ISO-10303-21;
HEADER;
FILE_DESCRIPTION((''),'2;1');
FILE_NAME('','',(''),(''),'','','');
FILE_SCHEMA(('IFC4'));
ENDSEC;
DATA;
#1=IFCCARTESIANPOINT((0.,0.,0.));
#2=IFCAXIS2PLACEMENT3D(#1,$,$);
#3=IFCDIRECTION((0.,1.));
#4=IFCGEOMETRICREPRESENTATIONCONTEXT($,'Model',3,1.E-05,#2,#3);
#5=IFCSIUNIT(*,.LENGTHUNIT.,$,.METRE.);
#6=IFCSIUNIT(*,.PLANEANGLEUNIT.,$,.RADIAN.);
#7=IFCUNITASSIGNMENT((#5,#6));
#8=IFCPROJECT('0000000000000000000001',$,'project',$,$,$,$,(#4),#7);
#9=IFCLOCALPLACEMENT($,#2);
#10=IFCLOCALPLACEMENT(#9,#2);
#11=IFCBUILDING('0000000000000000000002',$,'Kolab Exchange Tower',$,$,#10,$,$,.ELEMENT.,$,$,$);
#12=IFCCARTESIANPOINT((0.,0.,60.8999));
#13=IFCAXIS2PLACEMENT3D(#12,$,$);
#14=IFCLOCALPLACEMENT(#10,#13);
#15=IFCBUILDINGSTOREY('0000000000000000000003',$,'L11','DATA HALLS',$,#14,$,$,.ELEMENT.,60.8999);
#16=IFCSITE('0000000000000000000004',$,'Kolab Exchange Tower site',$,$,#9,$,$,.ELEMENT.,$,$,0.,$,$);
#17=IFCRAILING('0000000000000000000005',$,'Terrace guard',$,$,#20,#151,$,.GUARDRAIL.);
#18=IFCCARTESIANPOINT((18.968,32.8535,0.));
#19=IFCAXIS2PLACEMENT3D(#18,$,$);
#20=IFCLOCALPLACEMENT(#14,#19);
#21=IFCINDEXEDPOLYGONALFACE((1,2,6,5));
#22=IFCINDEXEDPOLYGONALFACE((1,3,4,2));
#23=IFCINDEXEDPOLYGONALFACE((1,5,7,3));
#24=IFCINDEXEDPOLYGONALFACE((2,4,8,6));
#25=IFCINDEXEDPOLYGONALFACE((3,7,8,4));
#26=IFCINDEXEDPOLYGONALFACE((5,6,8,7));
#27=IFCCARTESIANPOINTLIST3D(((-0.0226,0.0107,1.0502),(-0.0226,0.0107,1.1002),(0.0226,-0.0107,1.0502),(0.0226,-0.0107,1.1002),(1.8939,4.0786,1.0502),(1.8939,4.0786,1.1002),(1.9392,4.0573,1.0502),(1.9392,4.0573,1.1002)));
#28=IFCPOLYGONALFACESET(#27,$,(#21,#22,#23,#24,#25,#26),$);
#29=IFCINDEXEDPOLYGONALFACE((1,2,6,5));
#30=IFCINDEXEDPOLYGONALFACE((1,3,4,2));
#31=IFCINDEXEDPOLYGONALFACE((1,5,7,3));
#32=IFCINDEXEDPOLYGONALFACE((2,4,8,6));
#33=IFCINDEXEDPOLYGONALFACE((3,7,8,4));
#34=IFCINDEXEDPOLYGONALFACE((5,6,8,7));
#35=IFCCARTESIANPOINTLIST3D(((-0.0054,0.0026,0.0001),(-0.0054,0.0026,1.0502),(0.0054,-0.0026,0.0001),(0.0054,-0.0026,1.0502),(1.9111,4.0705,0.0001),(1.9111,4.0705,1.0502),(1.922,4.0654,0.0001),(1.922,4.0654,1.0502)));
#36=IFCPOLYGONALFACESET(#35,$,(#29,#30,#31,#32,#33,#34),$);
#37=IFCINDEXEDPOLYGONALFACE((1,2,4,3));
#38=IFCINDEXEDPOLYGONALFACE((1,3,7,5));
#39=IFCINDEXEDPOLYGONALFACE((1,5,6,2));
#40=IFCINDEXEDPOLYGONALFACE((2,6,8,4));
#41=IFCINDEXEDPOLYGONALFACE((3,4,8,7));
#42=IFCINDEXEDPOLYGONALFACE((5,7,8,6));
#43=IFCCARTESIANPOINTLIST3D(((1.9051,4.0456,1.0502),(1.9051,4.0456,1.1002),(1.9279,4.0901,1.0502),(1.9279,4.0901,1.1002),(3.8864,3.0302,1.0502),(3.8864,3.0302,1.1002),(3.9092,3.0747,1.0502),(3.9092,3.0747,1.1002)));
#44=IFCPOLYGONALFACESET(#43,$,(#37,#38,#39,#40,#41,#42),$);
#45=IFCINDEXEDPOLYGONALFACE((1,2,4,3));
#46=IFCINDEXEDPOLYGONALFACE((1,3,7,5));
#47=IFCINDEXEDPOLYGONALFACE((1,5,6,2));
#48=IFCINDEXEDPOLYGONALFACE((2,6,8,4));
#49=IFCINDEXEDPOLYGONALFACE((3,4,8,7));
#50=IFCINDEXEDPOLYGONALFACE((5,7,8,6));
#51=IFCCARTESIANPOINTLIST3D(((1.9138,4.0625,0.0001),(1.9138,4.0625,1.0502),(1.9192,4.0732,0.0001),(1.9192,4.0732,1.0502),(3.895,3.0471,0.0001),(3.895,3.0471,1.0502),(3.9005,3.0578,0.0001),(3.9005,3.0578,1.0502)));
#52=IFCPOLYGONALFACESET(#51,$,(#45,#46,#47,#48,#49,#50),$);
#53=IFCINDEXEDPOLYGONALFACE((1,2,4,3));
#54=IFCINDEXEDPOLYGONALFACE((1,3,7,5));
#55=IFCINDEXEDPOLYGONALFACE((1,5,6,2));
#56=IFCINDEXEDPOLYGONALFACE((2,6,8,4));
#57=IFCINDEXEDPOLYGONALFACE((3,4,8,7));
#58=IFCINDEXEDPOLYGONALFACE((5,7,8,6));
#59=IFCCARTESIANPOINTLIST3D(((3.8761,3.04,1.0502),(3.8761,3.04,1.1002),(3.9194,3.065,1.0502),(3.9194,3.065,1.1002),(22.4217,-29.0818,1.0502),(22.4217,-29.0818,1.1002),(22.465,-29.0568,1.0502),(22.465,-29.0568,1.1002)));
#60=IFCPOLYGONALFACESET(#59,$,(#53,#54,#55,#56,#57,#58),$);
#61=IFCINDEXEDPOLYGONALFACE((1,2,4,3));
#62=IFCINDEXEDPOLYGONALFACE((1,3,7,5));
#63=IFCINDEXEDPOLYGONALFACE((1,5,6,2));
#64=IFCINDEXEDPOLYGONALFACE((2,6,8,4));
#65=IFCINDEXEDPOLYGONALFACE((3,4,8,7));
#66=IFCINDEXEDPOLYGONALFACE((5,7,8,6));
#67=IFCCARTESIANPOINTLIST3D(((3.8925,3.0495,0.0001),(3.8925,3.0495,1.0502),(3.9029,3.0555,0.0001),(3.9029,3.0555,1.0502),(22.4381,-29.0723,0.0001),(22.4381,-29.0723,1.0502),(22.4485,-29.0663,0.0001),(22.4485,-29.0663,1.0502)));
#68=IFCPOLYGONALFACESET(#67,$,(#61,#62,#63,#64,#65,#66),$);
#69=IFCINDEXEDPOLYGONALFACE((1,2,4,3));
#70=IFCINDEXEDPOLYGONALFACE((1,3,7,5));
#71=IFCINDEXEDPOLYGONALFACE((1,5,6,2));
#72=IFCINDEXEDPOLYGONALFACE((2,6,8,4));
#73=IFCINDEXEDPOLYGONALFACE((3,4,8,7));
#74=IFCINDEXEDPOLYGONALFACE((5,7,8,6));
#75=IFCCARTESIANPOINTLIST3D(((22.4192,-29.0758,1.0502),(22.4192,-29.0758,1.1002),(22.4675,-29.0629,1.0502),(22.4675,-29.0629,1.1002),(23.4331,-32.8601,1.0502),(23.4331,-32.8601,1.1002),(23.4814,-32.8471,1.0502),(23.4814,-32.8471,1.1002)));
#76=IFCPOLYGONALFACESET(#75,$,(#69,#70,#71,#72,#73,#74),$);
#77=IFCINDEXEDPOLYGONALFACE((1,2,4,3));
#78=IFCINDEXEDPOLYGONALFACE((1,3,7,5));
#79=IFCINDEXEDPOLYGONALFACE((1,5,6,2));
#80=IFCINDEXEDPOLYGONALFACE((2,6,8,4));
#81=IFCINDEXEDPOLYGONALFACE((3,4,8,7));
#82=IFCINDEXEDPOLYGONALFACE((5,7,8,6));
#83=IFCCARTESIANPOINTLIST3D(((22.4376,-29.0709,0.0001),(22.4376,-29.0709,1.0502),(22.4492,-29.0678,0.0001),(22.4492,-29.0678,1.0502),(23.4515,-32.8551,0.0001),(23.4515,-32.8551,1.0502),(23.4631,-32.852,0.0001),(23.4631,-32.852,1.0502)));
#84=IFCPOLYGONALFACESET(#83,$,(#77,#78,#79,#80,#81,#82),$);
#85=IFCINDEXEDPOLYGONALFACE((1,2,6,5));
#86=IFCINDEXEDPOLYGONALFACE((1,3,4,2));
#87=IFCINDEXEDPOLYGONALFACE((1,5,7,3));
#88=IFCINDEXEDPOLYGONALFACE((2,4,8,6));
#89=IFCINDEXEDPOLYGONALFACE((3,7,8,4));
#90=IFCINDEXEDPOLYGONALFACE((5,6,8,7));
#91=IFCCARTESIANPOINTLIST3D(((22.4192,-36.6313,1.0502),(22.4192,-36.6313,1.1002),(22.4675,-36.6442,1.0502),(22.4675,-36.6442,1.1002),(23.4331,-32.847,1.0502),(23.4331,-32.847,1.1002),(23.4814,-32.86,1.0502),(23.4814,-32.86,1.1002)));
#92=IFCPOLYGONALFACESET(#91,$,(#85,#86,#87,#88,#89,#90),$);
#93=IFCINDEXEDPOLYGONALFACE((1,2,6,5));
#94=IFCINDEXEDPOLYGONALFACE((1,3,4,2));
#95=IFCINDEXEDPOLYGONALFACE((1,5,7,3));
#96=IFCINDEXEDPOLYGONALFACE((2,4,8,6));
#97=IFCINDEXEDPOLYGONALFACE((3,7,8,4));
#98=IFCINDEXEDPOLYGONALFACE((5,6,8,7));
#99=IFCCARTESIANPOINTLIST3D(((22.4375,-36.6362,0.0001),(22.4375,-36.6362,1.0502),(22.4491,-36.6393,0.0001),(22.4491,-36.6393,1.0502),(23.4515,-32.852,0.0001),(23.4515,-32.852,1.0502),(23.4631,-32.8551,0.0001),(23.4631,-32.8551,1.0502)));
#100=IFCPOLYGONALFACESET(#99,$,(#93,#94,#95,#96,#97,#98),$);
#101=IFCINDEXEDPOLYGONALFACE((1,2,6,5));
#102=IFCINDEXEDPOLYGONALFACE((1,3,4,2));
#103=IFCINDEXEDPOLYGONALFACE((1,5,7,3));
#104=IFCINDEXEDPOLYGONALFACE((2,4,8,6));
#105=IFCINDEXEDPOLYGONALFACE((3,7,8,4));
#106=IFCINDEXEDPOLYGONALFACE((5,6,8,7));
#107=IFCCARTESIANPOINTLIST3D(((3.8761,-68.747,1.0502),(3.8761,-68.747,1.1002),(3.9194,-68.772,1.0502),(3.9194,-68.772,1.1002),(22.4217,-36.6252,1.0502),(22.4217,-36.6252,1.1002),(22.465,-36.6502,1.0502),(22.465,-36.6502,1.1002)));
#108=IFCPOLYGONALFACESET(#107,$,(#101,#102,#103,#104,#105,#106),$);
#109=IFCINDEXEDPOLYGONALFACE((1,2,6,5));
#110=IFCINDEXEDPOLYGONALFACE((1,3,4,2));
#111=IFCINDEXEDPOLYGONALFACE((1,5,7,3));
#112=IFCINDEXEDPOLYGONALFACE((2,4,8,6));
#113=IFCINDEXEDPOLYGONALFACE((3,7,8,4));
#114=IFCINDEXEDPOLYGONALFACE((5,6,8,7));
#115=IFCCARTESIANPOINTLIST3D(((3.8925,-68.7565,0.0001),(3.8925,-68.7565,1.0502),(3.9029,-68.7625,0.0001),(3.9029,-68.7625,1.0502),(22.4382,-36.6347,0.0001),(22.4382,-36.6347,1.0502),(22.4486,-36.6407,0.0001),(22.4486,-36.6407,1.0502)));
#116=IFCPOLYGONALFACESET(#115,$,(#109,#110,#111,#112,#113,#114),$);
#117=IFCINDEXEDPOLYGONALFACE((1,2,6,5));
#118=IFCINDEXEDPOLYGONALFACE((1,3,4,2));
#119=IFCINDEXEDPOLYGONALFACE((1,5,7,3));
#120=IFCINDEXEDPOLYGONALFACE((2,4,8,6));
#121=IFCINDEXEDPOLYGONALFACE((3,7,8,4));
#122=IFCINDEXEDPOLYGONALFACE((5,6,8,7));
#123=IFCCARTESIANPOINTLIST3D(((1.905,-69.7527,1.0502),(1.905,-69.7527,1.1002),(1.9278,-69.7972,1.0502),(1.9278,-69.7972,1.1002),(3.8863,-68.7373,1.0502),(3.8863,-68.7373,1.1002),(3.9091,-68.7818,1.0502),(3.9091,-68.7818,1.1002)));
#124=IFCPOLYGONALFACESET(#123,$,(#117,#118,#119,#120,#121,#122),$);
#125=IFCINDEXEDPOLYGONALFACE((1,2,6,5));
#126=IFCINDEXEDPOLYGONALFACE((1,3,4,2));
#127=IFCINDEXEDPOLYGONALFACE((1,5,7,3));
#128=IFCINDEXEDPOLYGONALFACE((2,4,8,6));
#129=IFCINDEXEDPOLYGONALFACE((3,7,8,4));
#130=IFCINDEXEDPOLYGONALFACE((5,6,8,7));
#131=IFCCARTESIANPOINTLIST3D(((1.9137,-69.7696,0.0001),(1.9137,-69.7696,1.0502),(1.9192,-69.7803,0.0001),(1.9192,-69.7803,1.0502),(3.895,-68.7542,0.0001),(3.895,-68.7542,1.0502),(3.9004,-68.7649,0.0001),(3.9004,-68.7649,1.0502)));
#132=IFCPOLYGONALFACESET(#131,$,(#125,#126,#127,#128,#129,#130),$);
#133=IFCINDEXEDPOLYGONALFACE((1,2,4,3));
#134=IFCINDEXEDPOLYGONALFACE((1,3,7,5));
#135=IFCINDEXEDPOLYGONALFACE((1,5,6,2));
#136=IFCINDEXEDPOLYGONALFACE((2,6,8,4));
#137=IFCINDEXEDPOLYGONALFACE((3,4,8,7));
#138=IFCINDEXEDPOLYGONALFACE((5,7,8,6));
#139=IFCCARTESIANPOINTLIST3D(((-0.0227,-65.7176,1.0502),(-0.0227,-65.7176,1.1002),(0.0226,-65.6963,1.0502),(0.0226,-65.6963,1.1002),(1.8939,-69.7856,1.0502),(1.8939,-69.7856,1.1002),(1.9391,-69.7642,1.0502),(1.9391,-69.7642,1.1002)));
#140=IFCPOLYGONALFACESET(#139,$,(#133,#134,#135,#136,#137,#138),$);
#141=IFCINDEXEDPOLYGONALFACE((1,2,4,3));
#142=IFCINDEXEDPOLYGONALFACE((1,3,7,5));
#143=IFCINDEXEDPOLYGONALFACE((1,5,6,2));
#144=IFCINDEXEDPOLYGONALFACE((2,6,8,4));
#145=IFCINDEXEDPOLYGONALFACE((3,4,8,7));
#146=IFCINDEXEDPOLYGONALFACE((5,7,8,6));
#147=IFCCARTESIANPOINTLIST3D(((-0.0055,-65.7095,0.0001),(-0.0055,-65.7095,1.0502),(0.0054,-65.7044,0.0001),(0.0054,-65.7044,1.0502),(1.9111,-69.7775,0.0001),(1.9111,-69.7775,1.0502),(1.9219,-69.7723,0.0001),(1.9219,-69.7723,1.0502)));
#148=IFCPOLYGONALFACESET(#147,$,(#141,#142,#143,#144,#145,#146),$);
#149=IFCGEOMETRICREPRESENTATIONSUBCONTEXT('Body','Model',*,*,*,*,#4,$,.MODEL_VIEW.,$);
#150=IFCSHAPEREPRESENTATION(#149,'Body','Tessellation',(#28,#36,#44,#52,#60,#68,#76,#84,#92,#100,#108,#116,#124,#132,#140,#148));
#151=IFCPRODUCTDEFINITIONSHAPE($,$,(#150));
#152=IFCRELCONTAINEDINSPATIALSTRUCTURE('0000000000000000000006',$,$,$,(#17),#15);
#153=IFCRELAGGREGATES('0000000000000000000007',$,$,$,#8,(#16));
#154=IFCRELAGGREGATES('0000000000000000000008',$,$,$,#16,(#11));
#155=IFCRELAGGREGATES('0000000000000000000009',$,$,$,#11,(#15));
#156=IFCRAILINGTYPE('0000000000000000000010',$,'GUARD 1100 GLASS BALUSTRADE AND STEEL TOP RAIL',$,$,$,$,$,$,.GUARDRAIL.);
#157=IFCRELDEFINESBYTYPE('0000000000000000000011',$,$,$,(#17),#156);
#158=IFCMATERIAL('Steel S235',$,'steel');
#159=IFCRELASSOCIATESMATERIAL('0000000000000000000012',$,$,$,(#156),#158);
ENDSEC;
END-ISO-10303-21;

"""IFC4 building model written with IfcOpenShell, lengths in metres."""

from ifc_helpers import new_model, si_unit, direction, frame, frame_2d, origin, origin_2d, place, context, subcontext, project, spatial, rectangle, extrude, material, type_object, element, save


model = new_model("IFC4")

# Units and contexts
model_context = context("Model", 3, precision=1e-05, world=origin(), true_north=direction((0.0, 1.0)))
body_context = subcontext(model_context, "Body", "Model", "MODEL_VIEW")
ifc_project = project(units=[si_unit("LENGTHUNIT", "METRE"), si_unit("PLANEANGLEUNIT", "RADIAN")], contexts=[model_context])

# Site, building, storey
site_placement = place(None, origin())
site = spatial("IfcSite", under=ifc_project, at=site_placement, Name="Kolab Exchange Tower site", CompositionType="ELEMENT", RefElevation=0.0)
building_placement = place(site_placement, origin())
building = spatial("IfcBuilding", under=site, at=building_placement, Name="Kolab Exchange Tower", CompositionType="ELEMENT")
storey_placement = place(building_placement, frame((0.0, 0.0, 60.8999)))
storey = spatial("IfcBuildingStorey", under=building, at=storey_placement, Name="L11", Description="DATA HALLS", CompositionType="ELEMENT", Elevation=60.8999)

# Railing
ifc_material_1 = material(Name="Steel S235", Category="steel")
railing_type = type_object("IfcRailingType", Name="GUARD 1100 GLASS BALUSTRADE AND STEEL TOP RAIL", PredefinedType="GUARDRAIL", material=ifc_material_1)
railing_1_placement = place(storey_placement, frame((18.968, 32.8535, 0.0)))
element("IfcRailing", 1, at=railing_1_placement, inside=storey, type_object=railing_type, Name="Terrace guard", PredefinedType="GUARDRAIL", context=body_context, shape_type="SweptSolid", body=[
    extrude(rectangle(XDim=0.05, YDim=0.05, at=origin_2d()), frame((0.0, 0.0, 1.0752), z_axis=(0.4262, 0.904629, 0.0), x_axis=(-0.904629, 0.4262, 0.0)), (0.0, 0.0, 1.0), 4.4968),
    extrude(rectangle(XDim=0.012, YDim=1.0501, at=frame_2d((0.0, 0.5251))), frame((0.0, 0.0, 0.0), z_axis=(0.4262, 0.904629, 0.0), x_axis=(-0.904629, 0.4262, 0.0)), (0.0, 0.0, 1.0), 4.4968),
    extrude(rectangle(XDim=0.05, YDim=0.05, at=origin_2d()), frame((1.9165, 4.0679, 1.0752), z_axis=(0.88993, -0.456096, 0.0), x_axis=(0.456096, 0.88993, 0.0)), (0.0, 0.0, 1.0), 2.2263),
    extrude(rectangle(XDim=0.012, YDim=1.0501, at=frame_2d((0.0, 0.5251))), frame((1.9165, 4.0679, 0.0), z_axis=(0.88993, -0.456096, 0.0), x_axis=(0.456096, 0.88993, 0.0)), (0.0, 0.0, 1.0), 2.2263),
    extrude(rectangle(XDim=0.05, YDim=0.05, at=origin_2d()), frame((3.8977, 3.0525, 1.0752), z_axis=(0.500002, -0.866024, 0.0), x_axis=(0.866024, 0.500002, 0.0)), (0.0, 0.0, 1.0), 37.0911),
    extrude(rectangle(XDim=0.012, YDim=1.0501, at=frame_2d((0.0, 0.5251))), frame((3.8977, 3.0525, 0.0), z_axis=(0.500002, -0.866024, 0.0), x_axis=(0.866024, 0.500002, 0.0)), (0.0, 0.0, 1.0), 37.0911),
    extrude(rectangle(XDim=0.05, YDim=0.05, at=origin_2d()), frame((22.4434, -29.0693, 1.0752), z_axis=(0.258807, -0.965929, 0.0), x_axis=(0.965929, 0.258807, 0.0)), (0.0, 0.0, 1.0), 3.9177),
    extrude(rectangle(XDim=0.012, YDim=1.0501, at=frame_2d((0.0, 0.5251))), frame((22.4434, -29.0693, 0.0), z_axis=(0.258807, -0.965929, 0.0), x_axis=(0.965929, 0.258807, 0.0)), (0.0, 0.0, 1.0), 3.9177),
    extrude(rectangle(XDim=0.05, YDim=0.05, at=origin_2d()), frame((23.4573, -32.8535, 1.0752), z_axis=(-0.258807, -0.965929, 0.0), x_axis=(0.965929, -0.258807, 0.0)), (0.0, 0.0, 1.0), 3.9177),
    extrude(rectangle(XDim=0.012, YDim=1.0501, at=frame_2d((0.0, 0.5251))), frame((23.4573, -32.8535, 0.0), z_axis=(-0.258807, -0.965929, 0.0), x_axis=(0.965929, -0.258807, 0.0)), (0.0, 0.0, 1.0), 3.9177),
    extrude(rectangle(XDim=0.05, YDim=0.05, at=origin_2d()), frame((22.4434, -36.6377, 1.0752), z_axis=(-0.500002, -0.866024, 0.0), x_axis=(0.866024, -0.500002, 0.0)), (0.0, 0.0, 1.0), 37.0911),
    extrude(rectangle(XDim=0.012, YDim=1.0501, at=frame_2d((0.0, 0.5251))), frame((22.4434, -36.6377, 0.0), z_axis=(-0.500002, -0.866024, 0.0), x_axis=(0.866024, -0.500002, 0.0)), (0.0, 0.0, 1.0), 37.0911),
    extrude(rectangle(XDim=0.05, YDim=0.05, at=origin_2d()), frame((3.8977, -68.7595, 1.0752), z_axis=(-0.88993, -0.456096, 0.0), x_axis=(0.456096, -0.88993, 0.0)), (0.0, 0.0, 1.0), 2.2263),
    extrude(rectangle(XDim=0.012, YDim=1.0501, at=frame_2d((0.0, 0.5251))), frame((3.8977, -68.7595, 0.0), z_axis=(-0.88993, -0.456096, 0.0), x_axis=(0.456096, -0.88993, 0.0)), (0.0, 0.0, 1.0), 2.2263),
    extrude(rectangle(XDim=0.05, YDim=0.05, at=origin_2d()), frame((1.9165, -69.7749, 1.0752), z_axis=(-0.4262, 0.904629, 0.0), x_axis=(-0.904629, -0.4262, 0.0)), (0.0, 0.0, 1.0), 4.4968),
    extrude(rectangle(XDim=0.012, YDim=1.0501, at=frame_2d((0.0, 0.5251))), frame((1.9165, -69.7749, 0.0), z_axis=(-0.4262, 0.904629, 0.0), x_axis=(-0.904629, -0.4262, 0.0)), (0.0, 0.0, 1.0), 4.4968),
])

save(model, "model.ifc")
